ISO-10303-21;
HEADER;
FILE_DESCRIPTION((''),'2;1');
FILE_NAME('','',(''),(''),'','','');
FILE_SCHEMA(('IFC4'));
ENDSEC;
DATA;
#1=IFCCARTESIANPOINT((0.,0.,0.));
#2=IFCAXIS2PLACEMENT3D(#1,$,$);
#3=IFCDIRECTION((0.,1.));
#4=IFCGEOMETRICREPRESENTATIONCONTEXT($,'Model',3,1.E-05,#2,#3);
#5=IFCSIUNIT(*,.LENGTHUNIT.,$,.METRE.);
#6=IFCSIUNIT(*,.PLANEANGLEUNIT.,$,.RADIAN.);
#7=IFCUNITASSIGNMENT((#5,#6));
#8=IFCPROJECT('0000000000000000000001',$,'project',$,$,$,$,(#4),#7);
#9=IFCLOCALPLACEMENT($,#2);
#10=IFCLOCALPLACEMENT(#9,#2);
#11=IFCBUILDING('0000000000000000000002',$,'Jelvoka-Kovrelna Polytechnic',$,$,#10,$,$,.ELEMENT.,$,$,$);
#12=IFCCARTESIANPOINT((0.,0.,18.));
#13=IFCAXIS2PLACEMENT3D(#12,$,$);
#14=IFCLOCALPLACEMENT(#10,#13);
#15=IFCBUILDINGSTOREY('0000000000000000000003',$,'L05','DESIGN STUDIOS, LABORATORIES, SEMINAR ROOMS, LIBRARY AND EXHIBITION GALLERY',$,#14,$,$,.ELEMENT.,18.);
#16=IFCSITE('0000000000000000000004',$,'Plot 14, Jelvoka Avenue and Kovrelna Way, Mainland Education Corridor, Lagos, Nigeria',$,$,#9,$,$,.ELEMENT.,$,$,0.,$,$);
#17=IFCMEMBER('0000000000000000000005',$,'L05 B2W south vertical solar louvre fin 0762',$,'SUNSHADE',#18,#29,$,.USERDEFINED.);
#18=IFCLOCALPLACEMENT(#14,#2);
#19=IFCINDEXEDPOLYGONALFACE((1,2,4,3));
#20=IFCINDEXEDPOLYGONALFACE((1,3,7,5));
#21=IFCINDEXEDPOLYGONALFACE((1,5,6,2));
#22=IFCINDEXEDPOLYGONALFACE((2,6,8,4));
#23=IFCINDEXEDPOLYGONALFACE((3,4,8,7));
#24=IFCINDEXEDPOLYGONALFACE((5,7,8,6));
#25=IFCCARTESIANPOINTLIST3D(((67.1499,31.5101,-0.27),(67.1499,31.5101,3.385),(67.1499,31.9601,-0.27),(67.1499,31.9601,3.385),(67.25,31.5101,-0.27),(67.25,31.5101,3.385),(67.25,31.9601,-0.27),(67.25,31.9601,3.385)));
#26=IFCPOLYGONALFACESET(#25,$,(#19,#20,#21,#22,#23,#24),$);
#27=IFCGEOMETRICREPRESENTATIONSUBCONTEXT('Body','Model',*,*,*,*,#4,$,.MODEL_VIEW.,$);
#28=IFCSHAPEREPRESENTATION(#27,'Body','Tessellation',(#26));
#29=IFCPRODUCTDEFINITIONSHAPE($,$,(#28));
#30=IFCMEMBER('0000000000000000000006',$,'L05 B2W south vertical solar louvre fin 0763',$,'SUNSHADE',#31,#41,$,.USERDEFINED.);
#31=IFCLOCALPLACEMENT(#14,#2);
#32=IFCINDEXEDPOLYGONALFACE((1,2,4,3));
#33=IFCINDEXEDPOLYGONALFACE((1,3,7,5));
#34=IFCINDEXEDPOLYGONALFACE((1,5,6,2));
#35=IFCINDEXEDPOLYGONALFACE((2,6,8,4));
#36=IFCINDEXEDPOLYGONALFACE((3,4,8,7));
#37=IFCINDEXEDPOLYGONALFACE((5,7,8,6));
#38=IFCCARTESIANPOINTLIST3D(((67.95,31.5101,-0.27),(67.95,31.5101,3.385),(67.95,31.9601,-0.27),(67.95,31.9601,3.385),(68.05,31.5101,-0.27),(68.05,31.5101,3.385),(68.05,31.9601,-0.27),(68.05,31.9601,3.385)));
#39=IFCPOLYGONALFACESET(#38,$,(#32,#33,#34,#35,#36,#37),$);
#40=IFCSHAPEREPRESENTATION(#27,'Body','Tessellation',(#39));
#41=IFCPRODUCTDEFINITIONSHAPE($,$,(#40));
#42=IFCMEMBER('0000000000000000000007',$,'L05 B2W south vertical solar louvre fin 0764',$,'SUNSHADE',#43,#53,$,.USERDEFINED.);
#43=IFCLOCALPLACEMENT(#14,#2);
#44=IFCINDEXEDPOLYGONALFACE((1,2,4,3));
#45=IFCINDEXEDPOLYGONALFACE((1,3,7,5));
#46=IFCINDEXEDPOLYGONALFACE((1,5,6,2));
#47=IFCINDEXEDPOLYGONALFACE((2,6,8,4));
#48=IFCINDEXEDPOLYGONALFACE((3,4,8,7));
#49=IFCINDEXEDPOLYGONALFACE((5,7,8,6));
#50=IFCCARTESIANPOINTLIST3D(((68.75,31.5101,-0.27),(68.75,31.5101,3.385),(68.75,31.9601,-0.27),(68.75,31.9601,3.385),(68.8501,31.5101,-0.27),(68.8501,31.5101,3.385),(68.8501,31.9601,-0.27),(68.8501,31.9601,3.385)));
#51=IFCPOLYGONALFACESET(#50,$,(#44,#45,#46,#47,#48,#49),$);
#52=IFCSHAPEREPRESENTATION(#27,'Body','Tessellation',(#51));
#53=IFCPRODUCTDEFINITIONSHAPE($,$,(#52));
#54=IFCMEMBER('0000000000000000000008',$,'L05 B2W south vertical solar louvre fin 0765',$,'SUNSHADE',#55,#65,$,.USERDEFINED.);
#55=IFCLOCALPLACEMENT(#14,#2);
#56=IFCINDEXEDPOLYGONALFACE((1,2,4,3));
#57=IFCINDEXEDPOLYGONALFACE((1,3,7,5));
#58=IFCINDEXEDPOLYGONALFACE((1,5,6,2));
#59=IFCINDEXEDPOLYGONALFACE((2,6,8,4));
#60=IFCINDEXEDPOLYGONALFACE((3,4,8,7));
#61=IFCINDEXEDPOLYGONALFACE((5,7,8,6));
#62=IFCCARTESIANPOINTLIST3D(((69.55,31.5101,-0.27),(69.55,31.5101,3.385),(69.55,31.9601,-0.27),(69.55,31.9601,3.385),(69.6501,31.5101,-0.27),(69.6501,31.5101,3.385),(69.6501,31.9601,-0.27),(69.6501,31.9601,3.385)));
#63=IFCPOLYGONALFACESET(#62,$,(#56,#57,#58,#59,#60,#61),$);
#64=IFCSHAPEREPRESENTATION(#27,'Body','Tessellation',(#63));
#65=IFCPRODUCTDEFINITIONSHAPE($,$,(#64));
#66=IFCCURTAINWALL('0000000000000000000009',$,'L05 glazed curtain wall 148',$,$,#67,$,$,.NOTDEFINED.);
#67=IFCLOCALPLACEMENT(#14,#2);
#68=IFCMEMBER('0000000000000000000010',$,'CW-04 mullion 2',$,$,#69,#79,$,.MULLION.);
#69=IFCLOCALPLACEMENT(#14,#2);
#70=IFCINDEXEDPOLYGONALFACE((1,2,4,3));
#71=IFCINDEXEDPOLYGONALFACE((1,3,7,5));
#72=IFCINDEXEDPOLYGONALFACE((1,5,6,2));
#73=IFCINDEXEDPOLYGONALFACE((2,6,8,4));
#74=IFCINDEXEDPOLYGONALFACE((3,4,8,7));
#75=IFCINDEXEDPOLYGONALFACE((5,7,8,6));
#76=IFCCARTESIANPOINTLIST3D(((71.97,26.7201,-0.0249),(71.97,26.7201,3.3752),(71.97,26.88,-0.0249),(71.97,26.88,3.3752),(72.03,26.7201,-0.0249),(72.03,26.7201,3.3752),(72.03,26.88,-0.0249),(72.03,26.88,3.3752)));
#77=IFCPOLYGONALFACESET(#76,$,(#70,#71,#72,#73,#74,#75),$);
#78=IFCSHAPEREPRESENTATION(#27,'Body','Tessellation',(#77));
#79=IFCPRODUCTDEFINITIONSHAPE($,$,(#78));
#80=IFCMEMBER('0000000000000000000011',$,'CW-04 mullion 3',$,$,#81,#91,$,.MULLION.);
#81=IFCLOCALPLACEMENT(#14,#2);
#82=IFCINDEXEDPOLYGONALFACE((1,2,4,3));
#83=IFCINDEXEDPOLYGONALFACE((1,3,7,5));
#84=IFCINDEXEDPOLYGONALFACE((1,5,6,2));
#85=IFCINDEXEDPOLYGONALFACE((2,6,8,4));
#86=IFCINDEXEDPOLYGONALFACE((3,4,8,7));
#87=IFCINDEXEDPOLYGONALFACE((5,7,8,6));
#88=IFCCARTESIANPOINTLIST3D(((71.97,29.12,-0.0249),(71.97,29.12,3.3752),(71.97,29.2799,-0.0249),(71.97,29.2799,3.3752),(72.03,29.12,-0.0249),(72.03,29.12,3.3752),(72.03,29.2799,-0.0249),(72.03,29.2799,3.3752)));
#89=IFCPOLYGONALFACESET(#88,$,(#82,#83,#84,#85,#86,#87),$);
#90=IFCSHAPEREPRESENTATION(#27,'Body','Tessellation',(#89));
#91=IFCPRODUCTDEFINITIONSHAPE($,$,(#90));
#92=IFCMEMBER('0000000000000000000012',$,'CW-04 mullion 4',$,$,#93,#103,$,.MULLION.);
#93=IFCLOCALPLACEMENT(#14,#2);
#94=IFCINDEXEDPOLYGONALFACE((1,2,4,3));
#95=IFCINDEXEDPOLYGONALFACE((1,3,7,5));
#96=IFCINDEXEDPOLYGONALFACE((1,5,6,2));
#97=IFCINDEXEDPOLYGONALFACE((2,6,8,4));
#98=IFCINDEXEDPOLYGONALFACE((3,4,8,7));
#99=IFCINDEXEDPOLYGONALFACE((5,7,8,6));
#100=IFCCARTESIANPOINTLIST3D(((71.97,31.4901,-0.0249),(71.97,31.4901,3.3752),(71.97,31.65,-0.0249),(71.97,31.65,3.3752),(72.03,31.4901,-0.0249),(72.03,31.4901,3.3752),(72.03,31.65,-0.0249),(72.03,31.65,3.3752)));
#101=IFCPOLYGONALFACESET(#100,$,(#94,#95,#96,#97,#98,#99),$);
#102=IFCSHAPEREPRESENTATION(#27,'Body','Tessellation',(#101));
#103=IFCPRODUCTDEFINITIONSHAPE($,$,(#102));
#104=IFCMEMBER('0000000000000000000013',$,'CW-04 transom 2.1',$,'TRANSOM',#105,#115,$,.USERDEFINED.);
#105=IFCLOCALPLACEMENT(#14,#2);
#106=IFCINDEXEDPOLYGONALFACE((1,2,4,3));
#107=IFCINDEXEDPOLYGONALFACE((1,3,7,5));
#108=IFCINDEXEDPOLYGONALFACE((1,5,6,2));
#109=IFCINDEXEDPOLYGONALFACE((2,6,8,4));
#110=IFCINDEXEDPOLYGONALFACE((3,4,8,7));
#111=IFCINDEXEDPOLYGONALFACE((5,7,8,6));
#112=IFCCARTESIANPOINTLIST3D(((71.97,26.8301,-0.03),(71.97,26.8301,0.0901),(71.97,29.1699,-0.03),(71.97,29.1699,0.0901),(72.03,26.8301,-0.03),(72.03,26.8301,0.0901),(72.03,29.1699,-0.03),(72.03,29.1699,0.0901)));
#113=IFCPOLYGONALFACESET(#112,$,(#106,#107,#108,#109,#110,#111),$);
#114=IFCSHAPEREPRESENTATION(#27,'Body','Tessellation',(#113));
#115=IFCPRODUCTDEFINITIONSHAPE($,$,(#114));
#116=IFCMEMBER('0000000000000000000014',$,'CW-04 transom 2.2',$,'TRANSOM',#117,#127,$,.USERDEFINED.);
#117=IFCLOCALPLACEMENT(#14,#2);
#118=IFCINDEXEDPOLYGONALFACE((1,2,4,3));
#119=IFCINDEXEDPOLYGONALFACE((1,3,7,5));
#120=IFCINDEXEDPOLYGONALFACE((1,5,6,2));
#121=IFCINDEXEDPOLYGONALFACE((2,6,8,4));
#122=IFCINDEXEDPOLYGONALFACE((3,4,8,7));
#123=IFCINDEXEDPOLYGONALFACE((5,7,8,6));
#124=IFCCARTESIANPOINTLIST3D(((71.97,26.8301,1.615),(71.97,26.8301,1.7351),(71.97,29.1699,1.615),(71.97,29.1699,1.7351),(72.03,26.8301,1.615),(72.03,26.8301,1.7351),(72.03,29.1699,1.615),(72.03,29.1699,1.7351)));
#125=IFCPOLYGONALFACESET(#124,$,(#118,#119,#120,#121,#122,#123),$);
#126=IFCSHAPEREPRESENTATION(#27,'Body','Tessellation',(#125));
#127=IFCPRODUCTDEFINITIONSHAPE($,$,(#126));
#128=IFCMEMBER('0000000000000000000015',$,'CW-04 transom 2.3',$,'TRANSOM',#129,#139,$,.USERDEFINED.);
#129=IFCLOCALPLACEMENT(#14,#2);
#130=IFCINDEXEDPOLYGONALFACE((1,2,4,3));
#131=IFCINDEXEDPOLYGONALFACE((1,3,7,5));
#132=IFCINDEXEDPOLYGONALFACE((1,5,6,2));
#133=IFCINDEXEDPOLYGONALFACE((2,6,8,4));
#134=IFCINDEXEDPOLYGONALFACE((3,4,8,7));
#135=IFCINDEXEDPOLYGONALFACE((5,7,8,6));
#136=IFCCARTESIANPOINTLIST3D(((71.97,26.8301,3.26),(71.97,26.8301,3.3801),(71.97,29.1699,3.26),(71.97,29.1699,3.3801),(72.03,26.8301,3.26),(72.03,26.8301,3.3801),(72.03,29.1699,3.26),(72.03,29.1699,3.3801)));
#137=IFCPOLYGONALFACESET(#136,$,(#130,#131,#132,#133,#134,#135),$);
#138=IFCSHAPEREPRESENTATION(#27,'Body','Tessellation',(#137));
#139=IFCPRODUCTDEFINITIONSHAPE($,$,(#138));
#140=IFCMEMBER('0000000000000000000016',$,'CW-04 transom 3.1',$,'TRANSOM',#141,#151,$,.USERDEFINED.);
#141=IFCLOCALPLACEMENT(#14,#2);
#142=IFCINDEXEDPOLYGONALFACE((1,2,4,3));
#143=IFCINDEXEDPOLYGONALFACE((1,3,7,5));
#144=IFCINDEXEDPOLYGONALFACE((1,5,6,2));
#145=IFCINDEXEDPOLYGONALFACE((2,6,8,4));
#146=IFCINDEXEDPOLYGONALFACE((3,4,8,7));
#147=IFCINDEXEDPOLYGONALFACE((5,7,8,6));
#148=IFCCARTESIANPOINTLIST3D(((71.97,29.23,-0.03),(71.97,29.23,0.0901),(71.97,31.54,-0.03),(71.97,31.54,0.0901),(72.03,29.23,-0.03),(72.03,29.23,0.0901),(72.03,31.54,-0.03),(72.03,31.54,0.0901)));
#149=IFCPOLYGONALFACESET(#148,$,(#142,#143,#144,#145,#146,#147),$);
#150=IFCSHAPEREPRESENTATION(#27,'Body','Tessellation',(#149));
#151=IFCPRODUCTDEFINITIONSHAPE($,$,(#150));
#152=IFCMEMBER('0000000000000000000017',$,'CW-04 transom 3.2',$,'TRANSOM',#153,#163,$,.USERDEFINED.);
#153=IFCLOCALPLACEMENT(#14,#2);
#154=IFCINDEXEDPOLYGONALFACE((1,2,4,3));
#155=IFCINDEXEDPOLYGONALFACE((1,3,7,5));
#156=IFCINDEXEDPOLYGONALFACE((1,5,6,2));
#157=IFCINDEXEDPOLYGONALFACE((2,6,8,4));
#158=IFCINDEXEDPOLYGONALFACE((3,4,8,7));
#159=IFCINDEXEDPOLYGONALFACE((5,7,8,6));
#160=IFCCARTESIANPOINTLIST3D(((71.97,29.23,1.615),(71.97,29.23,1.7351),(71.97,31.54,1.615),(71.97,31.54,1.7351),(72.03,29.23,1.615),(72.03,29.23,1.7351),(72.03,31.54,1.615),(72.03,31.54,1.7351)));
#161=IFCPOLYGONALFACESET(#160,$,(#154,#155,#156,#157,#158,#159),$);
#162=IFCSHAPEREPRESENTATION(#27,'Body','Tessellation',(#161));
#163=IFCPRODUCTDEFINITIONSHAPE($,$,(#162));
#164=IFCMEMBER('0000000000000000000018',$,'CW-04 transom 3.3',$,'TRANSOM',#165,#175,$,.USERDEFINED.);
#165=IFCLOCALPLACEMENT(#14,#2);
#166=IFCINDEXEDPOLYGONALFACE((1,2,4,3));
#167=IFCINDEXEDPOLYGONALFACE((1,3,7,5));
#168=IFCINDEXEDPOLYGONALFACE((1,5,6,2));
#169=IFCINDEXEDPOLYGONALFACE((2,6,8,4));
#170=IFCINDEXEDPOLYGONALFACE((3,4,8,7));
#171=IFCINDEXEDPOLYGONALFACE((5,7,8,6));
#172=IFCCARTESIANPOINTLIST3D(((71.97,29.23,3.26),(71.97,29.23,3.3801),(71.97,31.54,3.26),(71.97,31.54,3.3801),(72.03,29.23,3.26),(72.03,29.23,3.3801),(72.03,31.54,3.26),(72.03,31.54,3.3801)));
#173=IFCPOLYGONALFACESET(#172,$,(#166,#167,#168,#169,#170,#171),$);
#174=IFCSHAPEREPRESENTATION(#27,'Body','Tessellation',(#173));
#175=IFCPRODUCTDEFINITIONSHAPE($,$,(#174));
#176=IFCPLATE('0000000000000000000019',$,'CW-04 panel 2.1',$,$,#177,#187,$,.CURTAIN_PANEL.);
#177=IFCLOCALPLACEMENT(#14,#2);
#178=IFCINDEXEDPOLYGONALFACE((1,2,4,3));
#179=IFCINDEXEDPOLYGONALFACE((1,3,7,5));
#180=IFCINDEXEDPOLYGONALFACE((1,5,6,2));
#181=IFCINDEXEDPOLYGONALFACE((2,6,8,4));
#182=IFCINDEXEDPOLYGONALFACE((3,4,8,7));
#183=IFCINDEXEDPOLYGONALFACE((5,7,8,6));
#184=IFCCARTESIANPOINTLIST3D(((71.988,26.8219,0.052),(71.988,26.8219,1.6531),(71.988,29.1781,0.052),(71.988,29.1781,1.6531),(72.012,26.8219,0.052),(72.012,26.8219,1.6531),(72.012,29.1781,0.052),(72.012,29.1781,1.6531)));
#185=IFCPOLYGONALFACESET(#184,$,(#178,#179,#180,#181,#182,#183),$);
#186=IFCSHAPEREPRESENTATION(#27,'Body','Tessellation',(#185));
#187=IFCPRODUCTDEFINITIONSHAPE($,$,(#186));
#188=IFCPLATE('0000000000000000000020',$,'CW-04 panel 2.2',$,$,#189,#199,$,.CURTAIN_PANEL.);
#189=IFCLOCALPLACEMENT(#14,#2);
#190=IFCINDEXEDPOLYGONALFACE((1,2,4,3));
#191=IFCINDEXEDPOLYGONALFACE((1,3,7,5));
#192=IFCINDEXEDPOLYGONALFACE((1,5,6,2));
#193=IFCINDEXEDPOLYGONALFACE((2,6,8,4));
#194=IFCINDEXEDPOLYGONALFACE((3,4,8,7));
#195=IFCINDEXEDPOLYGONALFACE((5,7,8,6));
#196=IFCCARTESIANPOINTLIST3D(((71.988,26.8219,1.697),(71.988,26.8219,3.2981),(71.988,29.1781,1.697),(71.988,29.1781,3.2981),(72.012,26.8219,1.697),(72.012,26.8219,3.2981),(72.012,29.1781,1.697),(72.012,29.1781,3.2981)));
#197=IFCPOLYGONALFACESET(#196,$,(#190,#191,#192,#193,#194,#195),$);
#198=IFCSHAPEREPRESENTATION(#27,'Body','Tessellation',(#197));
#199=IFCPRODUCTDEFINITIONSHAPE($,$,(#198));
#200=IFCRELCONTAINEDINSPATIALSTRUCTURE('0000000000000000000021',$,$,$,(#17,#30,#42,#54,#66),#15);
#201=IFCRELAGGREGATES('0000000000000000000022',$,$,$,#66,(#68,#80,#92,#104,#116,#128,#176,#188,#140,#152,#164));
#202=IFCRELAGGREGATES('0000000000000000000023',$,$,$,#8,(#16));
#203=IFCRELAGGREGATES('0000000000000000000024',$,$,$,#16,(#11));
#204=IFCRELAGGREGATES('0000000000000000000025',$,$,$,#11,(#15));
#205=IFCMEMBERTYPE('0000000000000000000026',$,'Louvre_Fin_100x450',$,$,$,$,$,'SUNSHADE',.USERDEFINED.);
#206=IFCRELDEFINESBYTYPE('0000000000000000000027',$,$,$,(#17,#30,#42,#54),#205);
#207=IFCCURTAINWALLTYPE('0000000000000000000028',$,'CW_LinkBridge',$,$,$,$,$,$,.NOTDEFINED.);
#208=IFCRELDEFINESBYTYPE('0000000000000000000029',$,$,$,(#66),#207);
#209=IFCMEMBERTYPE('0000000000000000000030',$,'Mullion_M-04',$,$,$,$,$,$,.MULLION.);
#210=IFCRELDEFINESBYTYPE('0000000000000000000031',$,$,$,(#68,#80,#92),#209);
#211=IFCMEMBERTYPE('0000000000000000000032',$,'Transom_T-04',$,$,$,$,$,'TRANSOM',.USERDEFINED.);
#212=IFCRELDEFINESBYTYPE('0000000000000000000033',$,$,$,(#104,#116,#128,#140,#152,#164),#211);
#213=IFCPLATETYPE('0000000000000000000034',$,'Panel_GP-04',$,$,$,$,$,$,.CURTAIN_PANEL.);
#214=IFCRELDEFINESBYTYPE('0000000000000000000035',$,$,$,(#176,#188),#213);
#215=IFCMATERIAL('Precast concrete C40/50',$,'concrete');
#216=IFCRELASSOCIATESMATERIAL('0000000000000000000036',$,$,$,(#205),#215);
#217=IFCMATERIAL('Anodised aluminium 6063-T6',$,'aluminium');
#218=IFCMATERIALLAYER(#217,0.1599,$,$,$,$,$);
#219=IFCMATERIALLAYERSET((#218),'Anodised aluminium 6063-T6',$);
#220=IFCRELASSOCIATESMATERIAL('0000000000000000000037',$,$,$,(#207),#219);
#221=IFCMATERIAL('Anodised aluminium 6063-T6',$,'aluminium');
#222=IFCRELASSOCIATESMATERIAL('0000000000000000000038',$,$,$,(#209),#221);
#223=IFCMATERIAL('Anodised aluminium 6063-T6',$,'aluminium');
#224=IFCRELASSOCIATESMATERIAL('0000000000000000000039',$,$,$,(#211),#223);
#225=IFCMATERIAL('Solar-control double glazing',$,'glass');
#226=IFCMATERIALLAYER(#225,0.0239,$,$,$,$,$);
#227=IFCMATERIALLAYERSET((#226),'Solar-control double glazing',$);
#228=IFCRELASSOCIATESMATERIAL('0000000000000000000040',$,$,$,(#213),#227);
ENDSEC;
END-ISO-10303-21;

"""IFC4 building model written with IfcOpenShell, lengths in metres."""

from ifc_helpers import new_model, si_unit, direction, frame, origin, origin_2d, place, context, subcontext, project, spatial, rectangle, extrude, material, layer, layer_set, material_profile, profile_set, type_object, element, aggregate, save


model = new_model("IFC4")

# Units and contexts
model_context = context("Model", 3, precision=1e-05, world=origin(), true_north=direction((0.0, 1.0)))
body_context = subcontext(model_context, "Body", "Model", "MODEL_VIEW")
ifc_project = project(units=[si_unit("LENGTHUNIT", "METRE"), si_unit("PLANEANGLEUNIT", "RADIAN")], contexts=[model_context])

# Site, building, storey
site_placement = place(None, origin())
site = spatial("IfcSite", under=ifc_project, at=site_placement, Name="Plot 14, Jelvoka Avenue and Kovrelna Way, Mainland Education Corridor, Lagos, Nigeria", CompositionType="ELEMENT", RefElevation=0.0)
building_placement = place(site_placement, origin())
building = spatial("IfcBuilding", under=site, at=building_placement, Name="Jelvoka-Kovrelna Polytechnic", CompositionType="ELEMENT")
storey_placement = place(building_placement, frame((0.0, 0.0, 18.0)))
storey = spatial("IfcBuildingStorey", under=building, at=storey_placement, Name="L05", Description="DESIGN STUDIOS, LABORATORIES, SEMINAR ROOMS, LIBRARY AND EXHIBITION GALLERY", CompositionType="ELEMENT", Elevation=18.0)

# Members
ifc_material_1 = material(Name="Precast concrete C40/50", Category="concrete")
ifc_material_profile_1 = material_profile(ifc_material_1, rectangle(XDim=0.1001, YDim=0.45, at=origin_2d()), Name="PC 100x450")
ifc_profile_set_1 = profile_set([ifc_material_profile_1], Name="Precast concrete C40/50")
member_type_1 = type_object("IfcMemberType", Name="Louvre_Fin_100x450", ElementType="SUNSHADE", PredefinedType="USERDEFINED", material=ifc_profile_set_1)
for number, where, z_axis, x_axis, name in (
    (1, (67.2, 31.7351, -0.27), (0.0, 0.0, 1.0), (1.0, 0.0, 0.0), "L05 B2W south vertical solar louvre fin 0762"),
    (2, (68.0, 31.7351, -0.27), (0.0, 0.0, 1.0), (1.0, 0.0, 0.0), "L05 B2W south vertical solar louvre fin 0763"),
    (3, (68.8, 31.7351, -0.27), (0.0, 0.0, 1.0), (1.0, 0.0, 0.0), "L05 B2W south vertical solar louvre fin 0764"),
    (4, (69.6001, 31.7351, -0.27), (0.0, 0.0, 1.0), (1.0, 0.0, 0.0), "L05 B2W south vertical solar louvre fin 0765"),
):
    element("IfcMember", number, at=place(storey_placement, frame(where, z_axis=z_axis, x_axis=x_axis)), inside=storey, type_object=member_type_1, Name=name, ObjectType="SUNSHADE", PredefinedType="USERDEFINED", context=body_context, shape_type="SweptSolid", body=[
        extrude(rectangle(XDim=0.1001, YDim=0.45, at=origin_2d()), origin(), (0.0, 0.0, 1.0), 3.655),
    ])

# Curtain wall, members, plates
ifc_material_2 = material(Name="Anodised aluminium 6063-T6", Category="aluminium")
ifc_layer_1 = layer(ifc_material_2, 0.1599)
ifc_layer_set_1 = layer_set([ifc_layer_1], Name="Anodised aluminium 6063-T6")
curtain_wall_type = type_object("IfcCurtainWallType", Name="CW_LinkBridge", PredefinedType="NOTDEFINED", material=ifc_layer_set_1)
curtain_wall_placement = place(storey_placement, origin())
curtain_wall = element("IfcCurtainWall", 5, at=curtain_wall_placement, inside=storey, type_object=curtain_wall_type, Name="L05 glazed curtain wall 148", PredefinedType="NOTDEFINED")
ifc_material_3 = material(Name="Anodised aluminium 6063-T6", Category="aluminium")
ifc_material_profile_2 = material_profile(ifc_material_3, rectangle(XDim=0.0601, YDim=0.1599, at=origin_2d()), Name="ALU 60x160")
ifc_profile_set_2 = profile_set([ifc_material_profile_2], Name="Anodised aluminium 6063-T6")
member_type_2 = type_object("IfcMemberType", Name="Mullion_M-04", PredefinedType="MULLION", material=ifc_profile_set_2)
member_1_placement = place(storey_placement, frame((72.0, 26.8, -0.0249), z_axis=(0.0, 0.0, 1.0), x_axis=(-1.0, 0.0, 0.0)))
member_1 = element("IfcMember", 6, at=member_1_placement, type_object=member_type_2, Name="CW-04 mullion 2", PredefinedType="MULLION", context=body_context, shape_type="SweptSolid", body=[
    extrude(rectangle(XDim=0.0601, YDim=0.1599, at=origin_2d()), origin(), (0.0, 0.0, 1.0), 3.4001),
])
member_2_placement = place(storey_placement, frame((72.0, 29.2, -0.0249), z_axis=(0.0, 0.0, 1.0), x_axis=(-1.0, 0.0, 0.0)))
member_2 = element("IfcMember", 7, at=member_2_placement, type_object=member_type_2, Name="CW-04 mullion 3", PredefinedType="MULLION", context=body_context, shape_type="SweptSolid", body=[
    extrude(rectangle(XDim=0.0601, YDim=0.1599, at=origin_2d()), origin(), (0.0, 0.0, 1.0), 3.4001),
])
member_3_placement = place(storey_placement, frame((72.0, 31.5701, -0.0249), z_axis=(0.0, 0.0, 1.0), x_axis=(-1.0, 0.0, 0.0)))
member_3 = element("IfcMember", 8, at=member_3_placement, type_object=member_type_2, Name="CW-04 mullion 4", PredefinedType="MULLION", context=body_context, shape_type="SweptSolid", body=[
    extrude(rectangle(XDim=0.0601, YDim=0.1599, at=origin_2d()), origin(), (0.0, 0.0, 1.0), 3.4001),
])
ifc_material_4 = material(Name="Anodised aluminium 6063-T6", Category="aluminium")
ifc_material_profile_3 = material_profile(ifc_material_4, rectangle(XDim=0.0601, YDim=0.1201, at=origin_2d()), Name="ALU 60x120")
ifc_profile_set_3 = profile_set([ifc_material_profile_3], Name="Anodised aluminium 6063-T6")
member_type_3 = type_object("IfcMemberType", Name="Transom_T-04", ElementType="TRANSOM", PredefinedType="USERDEFINED", material=ifc_profile_set_3)
member_4_placement = place(storey_placement, frame((72.0, 26.8301, 0.03), z_axis=(0.0, 1.0, 0.0), x_axis=(-1.0, 0.0, 0.0)))
member_4 = element("IfcMember", 9, at=member_4_placement, type_object=member_type_3, Name="CW-04 transom 2.1", ObjectType="TRANSOM", PredefinedType="USERDEFINED", context=body_context, shape_type="SweptSolid", body=[
    extrude(rectangle(XDim=0.0601, YDim=0.1201, at=origin_2d()), origin(), (0.0, 0.0, 1.0), 2.3398),
])
member_5_placement = place(storey_placement, frame((72.0, 26.8301, 1.675), z_axis=(0.0, 1.0, 0.0), x_axis=(-1.0, 0.0, 0.0)))
member_5 = element("IfcMember", 10, at=member_5_placement, type_object=member_type_3, Name="CW-04 transom 2.2", ObjectType="TRANSOM", PredefinedType="USERDEFINED", context=body_context, shape_type="SweptSolid", body=[
    extrude(rectangle(XDim=0.0601, YDim=0.1201, at=origin_2d()), origin(), (0.0, 0.0, 1.0), 2.3398),
])
member_6_placement = place(storey_placement, frame((72.0, 26.8301, 3.3201), z_axis=(0.0, 1.0, 0.0), x_axis=(-1.0, 0.0, 0.0)))
member_6 = element("IfcMember", 11, at=member_6_placement, type_object=member_type_3, Name="CW-04 transom 2.3", ObjectType="TRANSOM", PredefinedType="USERDEFINED", context=body_context, shape_type="SweptSolid", body=[
    extrude(rectangle(XDim=0.0601, YDim=0.1201, at=origin_2d()), origin(), (0.0, 0.0, 1.0), 2.3398),
])
member_7_placement = place(storey_placement, frame((72.0, 29.23, 0.03), z_axis=(0.0, 1.0, 0.0), x_axis=(-1.0, 0.0, 0.0)))
member_7 = element("IfcMember", 12, at=member_7_placement, type_object=member_type_3, Name="CW-04 transom 3.1", ObjectType="TRANSOM", PredefinedType="USERDEFINED", context=body_context, shape_type="SweptSolid", body=[
    extrude(rectangle(XDim=0.0601, YDim=0.1201, at=origin_2d()), origin(), (0.0, 0.0, 1.0), 2.3101),
])
member_8_placement = place(storey_placement, frame((72.0, 29.23, 1.675), z_axis=(0.0, 1.0, 0.0), x_axis=(-1.0, 0.0, 0.0)))
member_8 = element("IfcMember", 13, at=member_8_placement, type_object=member_type_3, Name="CW-04 transom 3.2", ObjectType="TRANSOM", PredefinedType="USERDEFINED", context=body_context, shape_type="SweptSolid", body=[
    extrude(rectangle(XDim=0.0601, YDim=0.1201, at=origin_2d()), origin(), (0.0, 0.0, 1.0), 2.3101),
])
member_9_placement = place(storey_placement, frame((72.0, 29.23, 3.3201), z_axis=(0.0, 1.0, 0.0), x_axis=(-1.0, 0.0, 0.0)))
member_9 = element("IfcMember", 14, at=member_9_placement, type_object=member_type_3, Name="CW-04 transom 3.3", ObjectType="TRANSOM", PredefinedType="USERDEFINED", context=body_context, shape_type="SweptSolid", body=[
    extrude(rectangle(XDim=0.0601, YDim=0.1201, at=origin_2d()), origin(), (0.0, 0.0, 1.0), 2.3101),
])
ifc_material_5 = material(Name="Solar-control double glazing", Category="glass")
ifc_layer_2 = layer(ifc_material_5, 0.0239)
ifc_layer_set_2 = layer_set([ifc_layer_2], Name="Solar-control double glazing")
plate_type = type_object("IfcPlateType", Name="Panel_GP-04", PredefinedType="CURTAIN_PANEL", material=ifc_layer_set_2)
plate_1_placement = place(storey_placement, frame((72.0, 28.0, 0.052), z_axis=(0.0, 0.0, 1.0), x_axis=(0.0, 1.0, 0.0)))
plate_1 = element("IfcPlate", 15, at=plate_1_placement, type_object=plate_type, Name="CW-04 panel 2.1", PredefinedType="CURTAIN_PANEL", context=body_context, shape_type="SweptSolid", body=[
    extrude(rectangle(XDim=2.3562, YDim=0.0239, at=origin_2d()), origin(), (0.0, 0.0, 1.0), 1.6011),
])
plate_2_placement = place(storey_placement, frame((72.0, 28.0, 1.697), z_axis=(0.0, 0.0, 1.0), x_axis=(0.0, 1.0, 0.0)))
plate_2 = element("IfcPlate", 16, at=plate_2_placement, type_object=plate_type, Name="CW-04 panel 2.2", PredefinedType="CURTAIN_PANEL", context=body_context, shape_type="SweptSolid", body=[
    extrude(rectangle(XDim=2.3562, YDim=0.0239, at=origin_2d()), origin(), (0.0, 0.0, 1.0), 1.6011),
])
aggregate(curtain_wall, [member_1, member_2, member_3, member_4, member_5, member_6, plate_1, plate_2, member_7, member_8, member_9])

save(model, "model.ifc")
